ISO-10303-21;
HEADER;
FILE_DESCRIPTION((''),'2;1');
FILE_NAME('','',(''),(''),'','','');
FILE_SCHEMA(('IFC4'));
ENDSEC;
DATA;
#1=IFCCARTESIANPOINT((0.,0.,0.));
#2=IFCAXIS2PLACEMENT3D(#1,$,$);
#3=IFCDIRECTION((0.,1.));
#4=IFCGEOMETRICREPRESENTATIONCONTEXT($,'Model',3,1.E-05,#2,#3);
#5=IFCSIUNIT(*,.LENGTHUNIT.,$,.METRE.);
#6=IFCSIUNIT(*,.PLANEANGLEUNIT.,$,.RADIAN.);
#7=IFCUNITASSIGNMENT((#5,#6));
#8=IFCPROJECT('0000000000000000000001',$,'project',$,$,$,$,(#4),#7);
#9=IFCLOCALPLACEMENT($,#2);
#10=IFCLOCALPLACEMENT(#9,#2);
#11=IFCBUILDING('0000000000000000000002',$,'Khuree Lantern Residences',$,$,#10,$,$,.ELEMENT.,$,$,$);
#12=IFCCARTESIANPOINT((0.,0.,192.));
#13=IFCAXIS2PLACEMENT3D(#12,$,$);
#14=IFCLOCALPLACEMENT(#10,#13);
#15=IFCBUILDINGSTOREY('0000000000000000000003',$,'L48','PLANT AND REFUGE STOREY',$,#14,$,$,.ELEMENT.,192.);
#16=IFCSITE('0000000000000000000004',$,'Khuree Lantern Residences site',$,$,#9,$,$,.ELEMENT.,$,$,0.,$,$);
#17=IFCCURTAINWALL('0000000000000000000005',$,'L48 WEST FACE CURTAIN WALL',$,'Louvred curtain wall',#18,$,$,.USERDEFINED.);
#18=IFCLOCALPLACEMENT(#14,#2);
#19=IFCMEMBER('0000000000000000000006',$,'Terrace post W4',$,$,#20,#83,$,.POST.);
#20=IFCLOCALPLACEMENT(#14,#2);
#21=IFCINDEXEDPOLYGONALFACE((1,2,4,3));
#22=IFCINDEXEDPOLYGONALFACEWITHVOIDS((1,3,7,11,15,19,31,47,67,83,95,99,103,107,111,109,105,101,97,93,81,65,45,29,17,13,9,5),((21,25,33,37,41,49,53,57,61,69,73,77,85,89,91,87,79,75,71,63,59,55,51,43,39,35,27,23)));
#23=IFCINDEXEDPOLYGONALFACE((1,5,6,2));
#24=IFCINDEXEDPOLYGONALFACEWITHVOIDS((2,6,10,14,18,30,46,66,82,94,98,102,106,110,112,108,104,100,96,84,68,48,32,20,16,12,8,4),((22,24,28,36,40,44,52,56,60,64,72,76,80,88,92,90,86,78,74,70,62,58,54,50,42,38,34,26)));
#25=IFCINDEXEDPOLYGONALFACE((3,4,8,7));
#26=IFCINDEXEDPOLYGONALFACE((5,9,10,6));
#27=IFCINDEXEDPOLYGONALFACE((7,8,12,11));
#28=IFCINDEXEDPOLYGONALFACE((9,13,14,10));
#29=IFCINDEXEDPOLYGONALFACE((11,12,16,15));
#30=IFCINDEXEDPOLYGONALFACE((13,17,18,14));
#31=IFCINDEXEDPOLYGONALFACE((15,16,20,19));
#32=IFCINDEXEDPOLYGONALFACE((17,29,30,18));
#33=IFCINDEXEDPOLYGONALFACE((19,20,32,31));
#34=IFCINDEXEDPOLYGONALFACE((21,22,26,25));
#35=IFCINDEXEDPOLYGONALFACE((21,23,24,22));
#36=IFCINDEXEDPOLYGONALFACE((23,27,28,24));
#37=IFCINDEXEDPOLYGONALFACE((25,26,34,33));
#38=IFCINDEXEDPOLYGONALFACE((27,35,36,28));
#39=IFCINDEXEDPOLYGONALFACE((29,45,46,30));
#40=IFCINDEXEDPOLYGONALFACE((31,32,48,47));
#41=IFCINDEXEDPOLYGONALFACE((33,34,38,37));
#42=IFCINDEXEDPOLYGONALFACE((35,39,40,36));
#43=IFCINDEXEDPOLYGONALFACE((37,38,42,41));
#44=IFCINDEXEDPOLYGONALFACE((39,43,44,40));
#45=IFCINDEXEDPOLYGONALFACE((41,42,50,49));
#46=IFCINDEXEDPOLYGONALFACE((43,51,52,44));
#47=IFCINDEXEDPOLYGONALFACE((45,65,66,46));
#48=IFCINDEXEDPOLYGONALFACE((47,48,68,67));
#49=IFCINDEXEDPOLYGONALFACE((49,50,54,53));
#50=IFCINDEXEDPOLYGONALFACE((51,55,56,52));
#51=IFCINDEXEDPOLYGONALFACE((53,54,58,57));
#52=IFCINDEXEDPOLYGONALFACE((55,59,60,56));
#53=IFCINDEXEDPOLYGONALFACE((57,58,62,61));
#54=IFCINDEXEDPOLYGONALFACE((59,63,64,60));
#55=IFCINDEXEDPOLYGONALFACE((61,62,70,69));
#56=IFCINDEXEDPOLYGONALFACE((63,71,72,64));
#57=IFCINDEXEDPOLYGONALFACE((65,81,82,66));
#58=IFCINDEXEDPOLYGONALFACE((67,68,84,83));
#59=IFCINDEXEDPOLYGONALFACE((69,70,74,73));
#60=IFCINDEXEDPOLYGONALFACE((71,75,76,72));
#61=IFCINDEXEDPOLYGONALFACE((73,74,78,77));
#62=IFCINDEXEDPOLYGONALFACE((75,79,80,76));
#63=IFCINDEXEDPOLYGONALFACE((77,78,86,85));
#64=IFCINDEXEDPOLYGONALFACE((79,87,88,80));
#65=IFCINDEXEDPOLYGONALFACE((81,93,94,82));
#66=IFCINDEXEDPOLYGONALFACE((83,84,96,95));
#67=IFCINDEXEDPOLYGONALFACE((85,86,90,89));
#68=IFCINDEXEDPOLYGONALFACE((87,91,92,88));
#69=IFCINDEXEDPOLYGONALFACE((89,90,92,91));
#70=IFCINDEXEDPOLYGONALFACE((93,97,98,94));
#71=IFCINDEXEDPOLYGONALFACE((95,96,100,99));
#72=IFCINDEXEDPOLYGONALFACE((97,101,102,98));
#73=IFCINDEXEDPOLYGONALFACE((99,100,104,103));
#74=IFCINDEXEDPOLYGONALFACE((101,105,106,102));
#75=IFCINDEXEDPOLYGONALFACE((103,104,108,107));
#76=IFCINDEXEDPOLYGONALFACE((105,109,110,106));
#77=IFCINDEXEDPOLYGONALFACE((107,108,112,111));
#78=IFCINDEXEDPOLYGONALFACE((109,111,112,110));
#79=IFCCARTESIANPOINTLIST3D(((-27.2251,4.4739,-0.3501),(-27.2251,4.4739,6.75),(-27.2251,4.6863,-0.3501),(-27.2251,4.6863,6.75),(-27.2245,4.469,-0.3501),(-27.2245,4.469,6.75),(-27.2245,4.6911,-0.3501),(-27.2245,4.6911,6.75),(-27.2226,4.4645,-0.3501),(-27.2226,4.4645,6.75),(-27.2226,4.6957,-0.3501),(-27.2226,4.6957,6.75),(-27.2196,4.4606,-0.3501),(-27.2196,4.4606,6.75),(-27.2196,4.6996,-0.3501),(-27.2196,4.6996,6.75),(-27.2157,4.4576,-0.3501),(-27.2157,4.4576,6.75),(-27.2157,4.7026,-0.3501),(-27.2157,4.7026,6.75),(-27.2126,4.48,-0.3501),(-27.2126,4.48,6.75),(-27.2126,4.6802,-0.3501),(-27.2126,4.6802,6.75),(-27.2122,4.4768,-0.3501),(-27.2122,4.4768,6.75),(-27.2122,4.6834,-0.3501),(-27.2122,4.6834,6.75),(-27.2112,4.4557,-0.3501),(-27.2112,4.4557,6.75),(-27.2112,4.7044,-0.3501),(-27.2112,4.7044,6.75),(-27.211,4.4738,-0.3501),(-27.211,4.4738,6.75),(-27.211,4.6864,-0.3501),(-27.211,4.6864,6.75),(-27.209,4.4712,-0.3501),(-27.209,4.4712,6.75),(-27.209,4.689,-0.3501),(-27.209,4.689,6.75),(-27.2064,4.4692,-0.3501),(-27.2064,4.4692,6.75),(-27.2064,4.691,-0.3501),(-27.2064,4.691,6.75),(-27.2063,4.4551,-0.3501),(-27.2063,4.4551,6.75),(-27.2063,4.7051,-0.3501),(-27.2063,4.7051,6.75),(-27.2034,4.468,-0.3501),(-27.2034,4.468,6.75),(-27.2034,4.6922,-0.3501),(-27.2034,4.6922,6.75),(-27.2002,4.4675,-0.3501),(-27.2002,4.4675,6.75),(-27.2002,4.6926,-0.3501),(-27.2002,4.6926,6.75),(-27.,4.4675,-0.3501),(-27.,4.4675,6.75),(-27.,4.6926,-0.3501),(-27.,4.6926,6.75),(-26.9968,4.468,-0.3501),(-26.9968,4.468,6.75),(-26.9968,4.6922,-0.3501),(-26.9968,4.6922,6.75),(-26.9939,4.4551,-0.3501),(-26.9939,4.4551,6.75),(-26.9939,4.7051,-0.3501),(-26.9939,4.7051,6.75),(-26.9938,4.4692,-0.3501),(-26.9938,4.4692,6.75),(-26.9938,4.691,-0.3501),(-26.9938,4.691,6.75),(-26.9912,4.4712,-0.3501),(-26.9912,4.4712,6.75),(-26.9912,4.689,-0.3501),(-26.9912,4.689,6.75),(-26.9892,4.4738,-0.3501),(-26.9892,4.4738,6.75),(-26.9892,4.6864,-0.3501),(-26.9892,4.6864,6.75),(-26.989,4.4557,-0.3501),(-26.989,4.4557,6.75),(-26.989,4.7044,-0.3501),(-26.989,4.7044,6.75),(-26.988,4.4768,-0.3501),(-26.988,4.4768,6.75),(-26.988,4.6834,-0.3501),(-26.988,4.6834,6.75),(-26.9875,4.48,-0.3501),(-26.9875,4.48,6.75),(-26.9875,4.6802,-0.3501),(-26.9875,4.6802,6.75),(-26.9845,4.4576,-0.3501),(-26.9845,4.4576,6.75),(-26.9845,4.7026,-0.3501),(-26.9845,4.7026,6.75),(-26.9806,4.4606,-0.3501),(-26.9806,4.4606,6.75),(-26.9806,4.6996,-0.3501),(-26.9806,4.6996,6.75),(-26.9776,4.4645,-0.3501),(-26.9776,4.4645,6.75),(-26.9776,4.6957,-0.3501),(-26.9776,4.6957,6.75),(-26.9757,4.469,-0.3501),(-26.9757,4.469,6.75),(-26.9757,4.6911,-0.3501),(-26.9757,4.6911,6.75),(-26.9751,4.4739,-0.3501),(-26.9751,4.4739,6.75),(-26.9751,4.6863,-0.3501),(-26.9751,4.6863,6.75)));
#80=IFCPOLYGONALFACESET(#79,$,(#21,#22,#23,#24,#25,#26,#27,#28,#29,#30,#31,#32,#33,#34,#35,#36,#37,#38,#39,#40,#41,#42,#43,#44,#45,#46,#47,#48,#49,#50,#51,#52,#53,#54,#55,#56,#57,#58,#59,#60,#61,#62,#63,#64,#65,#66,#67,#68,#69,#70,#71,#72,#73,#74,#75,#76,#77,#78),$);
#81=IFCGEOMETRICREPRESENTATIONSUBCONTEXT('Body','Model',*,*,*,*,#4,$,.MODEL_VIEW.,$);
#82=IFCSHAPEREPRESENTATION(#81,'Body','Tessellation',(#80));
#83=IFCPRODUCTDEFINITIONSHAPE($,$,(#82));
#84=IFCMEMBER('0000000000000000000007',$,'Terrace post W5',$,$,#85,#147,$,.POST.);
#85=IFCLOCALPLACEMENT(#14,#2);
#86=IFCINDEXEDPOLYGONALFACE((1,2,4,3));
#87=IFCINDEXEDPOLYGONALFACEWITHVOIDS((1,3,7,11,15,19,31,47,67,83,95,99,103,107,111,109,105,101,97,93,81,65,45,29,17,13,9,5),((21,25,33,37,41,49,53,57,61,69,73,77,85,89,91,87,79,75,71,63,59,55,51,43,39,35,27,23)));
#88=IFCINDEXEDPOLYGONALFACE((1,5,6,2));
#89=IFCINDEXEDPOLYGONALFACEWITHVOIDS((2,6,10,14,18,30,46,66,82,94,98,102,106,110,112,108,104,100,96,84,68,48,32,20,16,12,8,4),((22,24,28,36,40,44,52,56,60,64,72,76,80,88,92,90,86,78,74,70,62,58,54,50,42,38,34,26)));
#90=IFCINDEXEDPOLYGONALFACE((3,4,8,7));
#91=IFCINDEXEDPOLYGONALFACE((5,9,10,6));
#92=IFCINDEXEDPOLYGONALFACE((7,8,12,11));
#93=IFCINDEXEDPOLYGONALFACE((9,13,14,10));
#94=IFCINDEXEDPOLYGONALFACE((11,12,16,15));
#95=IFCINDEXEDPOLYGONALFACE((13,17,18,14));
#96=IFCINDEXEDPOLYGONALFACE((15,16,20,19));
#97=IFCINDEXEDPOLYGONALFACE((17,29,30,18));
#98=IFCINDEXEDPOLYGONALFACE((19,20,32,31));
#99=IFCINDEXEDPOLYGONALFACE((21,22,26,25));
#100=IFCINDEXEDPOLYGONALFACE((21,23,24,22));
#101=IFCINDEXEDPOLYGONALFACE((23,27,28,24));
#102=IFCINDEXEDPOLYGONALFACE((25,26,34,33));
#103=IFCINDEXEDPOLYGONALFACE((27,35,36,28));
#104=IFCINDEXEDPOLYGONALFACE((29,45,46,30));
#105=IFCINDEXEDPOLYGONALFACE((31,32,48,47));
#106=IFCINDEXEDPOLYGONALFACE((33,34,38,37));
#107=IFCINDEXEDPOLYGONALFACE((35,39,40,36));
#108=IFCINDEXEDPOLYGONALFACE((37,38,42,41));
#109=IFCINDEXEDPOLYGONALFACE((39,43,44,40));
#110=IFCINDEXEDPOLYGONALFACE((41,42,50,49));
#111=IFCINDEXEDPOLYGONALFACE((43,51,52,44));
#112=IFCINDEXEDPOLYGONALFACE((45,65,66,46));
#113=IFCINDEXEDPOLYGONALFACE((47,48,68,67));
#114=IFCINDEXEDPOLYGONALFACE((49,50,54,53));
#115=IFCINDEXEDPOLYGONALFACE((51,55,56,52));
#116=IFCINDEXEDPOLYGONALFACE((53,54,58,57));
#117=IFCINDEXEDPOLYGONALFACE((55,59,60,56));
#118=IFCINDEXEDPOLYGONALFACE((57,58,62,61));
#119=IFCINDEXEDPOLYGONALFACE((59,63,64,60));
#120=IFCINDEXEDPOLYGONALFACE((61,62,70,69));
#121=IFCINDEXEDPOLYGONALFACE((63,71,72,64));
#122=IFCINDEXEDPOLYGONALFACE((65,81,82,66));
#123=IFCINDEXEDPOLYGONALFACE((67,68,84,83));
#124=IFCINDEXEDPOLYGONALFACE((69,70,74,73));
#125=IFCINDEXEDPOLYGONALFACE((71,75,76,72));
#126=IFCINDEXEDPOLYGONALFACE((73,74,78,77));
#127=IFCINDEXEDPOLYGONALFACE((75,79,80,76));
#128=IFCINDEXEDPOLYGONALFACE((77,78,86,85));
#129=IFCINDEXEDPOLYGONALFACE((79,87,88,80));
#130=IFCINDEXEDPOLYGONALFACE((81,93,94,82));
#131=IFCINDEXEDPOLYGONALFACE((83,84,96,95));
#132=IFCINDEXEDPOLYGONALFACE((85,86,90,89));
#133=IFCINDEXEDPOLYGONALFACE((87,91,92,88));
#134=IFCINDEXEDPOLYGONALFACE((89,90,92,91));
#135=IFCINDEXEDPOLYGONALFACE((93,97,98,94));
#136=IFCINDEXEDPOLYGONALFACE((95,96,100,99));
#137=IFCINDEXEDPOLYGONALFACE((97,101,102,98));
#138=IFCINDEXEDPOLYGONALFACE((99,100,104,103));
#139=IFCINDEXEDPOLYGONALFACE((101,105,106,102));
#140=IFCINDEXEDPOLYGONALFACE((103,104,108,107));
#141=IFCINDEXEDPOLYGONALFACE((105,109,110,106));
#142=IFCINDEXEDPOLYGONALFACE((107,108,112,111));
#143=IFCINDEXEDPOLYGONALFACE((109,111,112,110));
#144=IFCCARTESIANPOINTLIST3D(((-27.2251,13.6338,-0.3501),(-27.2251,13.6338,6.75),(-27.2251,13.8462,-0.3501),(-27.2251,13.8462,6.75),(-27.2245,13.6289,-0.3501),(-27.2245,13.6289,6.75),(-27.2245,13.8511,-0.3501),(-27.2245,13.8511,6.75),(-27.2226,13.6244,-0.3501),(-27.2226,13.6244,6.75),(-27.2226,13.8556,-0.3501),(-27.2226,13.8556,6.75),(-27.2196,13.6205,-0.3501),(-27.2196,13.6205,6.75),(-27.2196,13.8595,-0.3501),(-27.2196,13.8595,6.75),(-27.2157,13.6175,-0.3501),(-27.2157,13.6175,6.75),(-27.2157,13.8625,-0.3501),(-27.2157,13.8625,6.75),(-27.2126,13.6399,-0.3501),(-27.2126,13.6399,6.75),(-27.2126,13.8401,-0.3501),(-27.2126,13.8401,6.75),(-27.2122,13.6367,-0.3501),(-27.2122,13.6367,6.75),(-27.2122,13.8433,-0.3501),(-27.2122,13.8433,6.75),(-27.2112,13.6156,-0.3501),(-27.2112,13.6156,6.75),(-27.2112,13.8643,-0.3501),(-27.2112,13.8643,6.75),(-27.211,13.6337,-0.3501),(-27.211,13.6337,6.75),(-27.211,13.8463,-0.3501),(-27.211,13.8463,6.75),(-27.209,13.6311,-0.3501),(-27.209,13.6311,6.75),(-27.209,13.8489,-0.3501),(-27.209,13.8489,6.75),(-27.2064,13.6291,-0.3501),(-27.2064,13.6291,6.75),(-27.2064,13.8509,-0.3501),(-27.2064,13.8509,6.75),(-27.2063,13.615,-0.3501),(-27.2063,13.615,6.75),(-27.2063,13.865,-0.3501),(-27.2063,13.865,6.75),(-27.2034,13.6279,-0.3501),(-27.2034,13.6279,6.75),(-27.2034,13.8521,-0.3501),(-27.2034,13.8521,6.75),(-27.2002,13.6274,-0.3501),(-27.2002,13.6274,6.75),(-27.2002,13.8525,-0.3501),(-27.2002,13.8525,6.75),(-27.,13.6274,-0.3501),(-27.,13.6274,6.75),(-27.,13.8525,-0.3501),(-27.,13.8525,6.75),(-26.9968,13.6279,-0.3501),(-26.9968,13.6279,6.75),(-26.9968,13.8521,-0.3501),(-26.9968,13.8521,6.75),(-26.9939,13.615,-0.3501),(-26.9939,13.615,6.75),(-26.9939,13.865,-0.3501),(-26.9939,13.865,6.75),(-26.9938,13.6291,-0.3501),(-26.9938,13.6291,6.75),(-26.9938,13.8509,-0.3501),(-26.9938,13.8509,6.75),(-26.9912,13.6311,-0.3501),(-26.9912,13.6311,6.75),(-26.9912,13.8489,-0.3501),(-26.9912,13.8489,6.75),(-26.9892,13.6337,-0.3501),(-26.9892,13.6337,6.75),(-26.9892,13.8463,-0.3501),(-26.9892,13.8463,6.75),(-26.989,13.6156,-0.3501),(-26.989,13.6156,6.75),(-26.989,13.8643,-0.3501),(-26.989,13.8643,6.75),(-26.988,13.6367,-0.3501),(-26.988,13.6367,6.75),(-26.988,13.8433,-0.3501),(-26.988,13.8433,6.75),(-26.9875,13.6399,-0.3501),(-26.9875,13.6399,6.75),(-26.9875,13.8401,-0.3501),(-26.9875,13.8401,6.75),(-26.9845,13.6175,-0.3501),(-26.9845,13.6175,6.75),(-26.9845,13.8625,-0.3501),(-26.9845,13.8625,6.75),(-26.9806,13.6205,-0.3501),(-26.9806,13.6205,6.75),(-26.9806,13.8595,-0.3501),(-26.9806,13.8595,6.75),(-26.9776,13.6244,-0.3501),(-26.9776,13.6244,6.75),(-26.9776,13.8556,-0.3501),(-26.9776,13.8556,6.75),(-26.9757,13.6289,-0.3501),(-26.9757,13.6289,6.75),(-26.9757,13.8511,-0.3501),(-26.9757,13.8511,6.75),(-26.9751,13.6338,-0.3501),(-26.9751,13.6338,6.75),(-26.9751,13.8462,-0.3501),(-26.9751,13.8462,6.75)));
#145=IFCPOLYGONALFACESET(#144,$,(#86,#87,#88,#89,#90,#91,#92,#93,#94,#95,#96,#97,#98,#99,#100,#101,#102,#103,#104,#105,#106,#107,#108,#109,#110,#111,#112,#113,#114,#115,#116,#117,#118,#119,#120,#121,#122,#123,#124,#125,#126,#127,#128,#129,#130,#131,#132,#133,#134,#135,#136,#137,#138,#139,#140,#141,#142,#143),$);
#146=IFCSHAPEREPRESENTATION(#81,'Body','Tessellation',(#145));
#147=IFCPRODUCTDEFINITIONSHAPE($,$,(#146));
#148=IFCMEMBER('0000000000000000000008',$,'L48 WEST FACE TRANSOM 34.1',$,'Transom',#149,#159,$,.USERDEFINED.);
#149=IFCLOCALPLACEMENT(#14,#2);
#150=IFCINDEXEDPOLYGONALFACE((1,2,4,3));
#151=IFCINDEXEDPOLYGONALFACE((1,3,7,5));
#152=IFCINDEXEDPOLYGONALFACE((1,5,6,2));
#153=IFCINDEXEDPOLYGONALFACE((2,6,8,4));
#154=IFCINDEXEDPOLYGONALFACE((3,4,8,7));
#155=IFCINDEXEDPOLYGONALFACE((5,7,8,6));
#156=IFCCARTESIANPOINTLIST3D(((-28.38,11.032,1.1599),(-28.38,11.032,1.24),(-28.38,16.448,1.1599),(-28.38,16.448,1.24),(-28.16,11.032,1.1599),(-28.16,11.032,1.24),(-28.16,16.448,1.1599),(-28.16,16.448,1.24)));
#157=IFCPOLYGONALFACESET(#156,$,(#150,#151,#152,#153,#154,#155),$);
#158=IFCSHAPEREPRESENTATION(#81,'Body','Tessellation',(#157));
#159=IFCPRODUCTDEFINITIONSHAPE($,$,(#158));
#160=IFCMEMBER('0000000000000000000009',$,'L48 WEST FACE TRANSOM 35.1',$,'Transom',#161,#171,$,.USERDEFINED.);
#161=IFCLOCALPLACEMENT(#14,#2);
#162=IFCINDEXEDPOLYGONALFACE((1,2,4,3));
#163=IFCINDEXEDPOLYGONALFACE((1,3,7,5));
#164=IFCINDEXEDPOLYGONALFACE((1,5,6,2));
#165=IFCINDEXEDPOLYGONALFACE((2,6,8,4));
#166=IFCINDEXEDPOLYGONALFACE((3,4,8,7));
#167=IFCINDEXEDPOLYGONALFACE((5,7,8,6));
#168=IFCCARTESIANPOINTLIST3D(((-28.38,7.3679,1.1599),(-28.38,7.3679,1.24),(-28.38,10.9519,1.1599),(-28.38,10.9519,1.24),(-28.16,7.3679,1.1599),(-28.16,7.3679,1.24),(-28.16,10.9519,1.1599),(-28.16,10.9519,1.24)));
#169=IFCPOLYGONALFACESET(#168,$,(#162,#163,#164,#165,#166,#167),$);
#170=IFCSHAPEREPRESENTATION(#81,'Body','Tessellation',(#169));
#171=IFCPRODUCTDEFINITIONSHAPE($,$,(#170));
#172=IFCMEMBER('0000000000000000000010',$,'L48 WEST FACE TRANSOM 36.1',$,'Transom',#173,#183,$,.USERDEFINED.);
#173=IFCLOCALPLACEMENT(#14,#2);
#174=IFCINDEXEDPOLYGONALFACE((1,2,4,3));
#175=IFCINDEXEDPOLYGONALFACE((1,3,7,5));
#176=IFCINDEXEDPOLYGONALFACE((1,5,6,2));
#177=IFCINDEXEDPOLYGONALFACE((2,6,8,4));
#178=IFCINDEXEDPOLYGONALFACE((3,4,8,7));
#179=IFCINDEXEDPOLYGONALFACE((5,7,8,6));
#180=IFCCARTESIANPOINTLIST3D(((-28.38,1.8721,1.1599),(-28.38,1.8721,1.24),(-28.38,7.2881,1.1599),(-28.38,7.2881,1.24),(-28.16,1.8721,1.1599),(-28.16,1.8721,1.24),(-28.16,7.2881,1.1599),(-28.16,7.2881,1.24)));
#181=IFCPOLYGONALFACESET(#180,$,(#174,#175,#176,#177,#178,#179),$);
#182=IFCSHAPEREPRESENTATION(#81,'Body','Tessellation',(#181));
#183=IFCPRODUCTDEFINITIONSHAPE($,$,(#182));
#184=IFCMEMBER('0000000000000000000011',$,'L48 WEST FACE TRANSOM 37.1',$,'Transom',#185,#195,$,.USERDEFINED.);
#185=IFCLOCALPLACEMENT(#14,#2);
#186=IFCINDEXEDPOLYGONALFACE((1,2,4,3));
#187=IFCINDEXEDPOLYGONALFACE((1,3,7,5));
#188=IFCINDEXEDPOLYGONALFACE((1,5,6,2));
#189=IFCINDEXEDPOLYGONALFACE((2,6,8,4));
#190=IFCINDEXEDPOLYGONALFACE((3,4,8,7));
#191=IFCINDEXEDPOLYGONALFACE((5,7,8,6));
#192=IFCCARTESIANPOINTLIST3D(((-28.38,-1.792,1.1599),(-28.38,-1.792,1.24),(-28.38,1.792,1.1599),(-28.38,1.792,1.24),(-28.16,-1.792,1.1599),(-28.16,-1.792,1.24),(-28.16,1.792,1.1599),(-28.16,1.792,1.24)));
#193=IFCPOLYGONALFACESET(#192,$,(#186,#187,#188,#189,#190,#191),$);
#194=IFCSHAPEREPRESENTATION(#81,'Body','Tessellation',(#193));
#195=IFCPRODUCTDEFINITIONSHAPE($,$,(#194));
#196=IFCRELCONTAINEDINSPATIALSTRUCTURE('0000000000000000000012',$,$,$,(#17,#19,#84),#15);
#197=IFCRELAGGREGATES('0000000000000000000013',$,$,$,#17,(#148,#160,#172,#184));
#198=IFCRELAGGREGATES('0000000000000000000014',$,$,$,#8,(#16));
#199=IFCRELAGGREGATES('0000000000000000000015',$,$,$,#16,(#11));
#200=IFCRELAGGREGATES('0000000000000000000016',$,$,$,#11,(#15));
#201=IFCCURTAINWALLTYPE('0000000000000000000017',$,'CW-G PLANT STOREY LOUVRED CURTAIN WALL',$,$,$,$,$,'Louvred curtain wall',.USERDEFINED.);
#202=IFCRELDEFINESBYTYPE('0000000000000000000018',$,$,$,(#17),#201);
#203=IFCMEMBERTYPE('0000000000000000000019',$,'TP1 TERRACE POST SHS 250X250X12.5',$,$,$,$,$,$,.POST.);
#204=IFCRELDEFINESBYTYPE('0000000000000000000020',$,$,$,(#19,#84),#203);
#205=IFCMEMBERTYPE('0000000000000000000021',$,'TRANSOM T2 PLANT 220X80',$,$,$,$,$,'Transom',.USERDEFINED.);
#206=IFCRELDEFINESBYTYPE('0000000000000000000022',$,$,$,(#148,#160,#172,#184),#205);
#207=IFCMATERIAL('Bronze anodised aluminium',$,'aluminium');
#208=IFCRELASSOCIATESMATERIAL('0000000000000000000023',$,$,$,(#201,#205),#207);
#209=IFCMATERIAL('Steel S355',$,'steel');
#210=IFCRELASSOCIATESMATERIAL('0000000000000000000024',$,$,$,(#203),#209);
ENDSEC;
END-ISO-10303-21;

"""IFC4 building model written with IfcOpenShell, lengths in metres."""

from ifc_helpers import new_model, si_unit, direction, frame, origin, origin_2d, place, context, subcontext, project, spatial, rectangle, hollow_rectangle, extrude, material, material_profile, profile_set, type_object, element, aggregate, save


model = new_model("IFC4")

# Units and contexts
model_context = context("Model", 3, precision=1e-05, world=origin(), true_north=direction((0.0, 1.0)))
body_context = subcontext(model_context, "Body", "Model", "MODEL_VIEW")
ifc_project = project(units=[si_unit("LENGTHUNIT", "METRE"), si_unit("PLANEANGLEUNIT", "RADIAN")], contexts=[model_context])

# Site, building, storey
site_placement = place(None, origin())
site = spatial("IfcSite", under=ifc_project, at=site_placement, Name="Khuree Lantern Residences site", CompositionType="ELEMENT", RefElevation=0.0)
building_placement = place(site_placement, origin())
building = spatial("IfcBuilding", under=site, at=building_placement, Name="Khuree Lantern Residences", CompositionType="ELEMENT")
storey_placement = place(building_placement, frame((0.0, 0.0, 192.0)))
storey = spatial("IfcBuildingStorey", under=building, at=storey_placement, Name="L48", Description="PLANT AND REFUGE STOREY", CompositionType="ELEMENT", Elevation=192.0)

# Shared definitions
ifc_material_1 = material(Name="Steel S355", Category="steel")

# Curtain wall
ifc_material_2 = material(Name="Bronze anodised aluminium", Category="aluminium")
curtain_wall_type = type_object("IfcCurtainWallType", Name="CW-G PLANT STOREY LOUVRED CURTAIN WALL", ElementType="Louvred curtain wall", PredefinedType="USERDEFINED", material=ifc_material_2)
curtain_wall_placement = place(storey_placement, origin())
curtain_wall = element("IfcCurtainWall", 1, at=curtain_wall_placement, inside=storey, type_object=curtain_wall_type, Name="L48 WEST FACE CURTAIN WALL", ObjectType="Louvred curtain wall", PredefinedType="USERDEFINED")

# Members
ifc_material_profile_1 = material_profile(ifc_material_1, hollow_rectangle(XDim=0.25, YDim=0.25, WallThickness=0.0125, InnerFilletRadius=0.0125, OuterFilletRadius=0.0188, at=origin_2d()), Name="SHS 250X250X12.5")
ifc_profile_set_1 = profile_set([ifc_material_profile_1], Name="Steel S355")
member_type_1 = type_object("IfcMemberType", Name="TP1 TERRACE POST SHS 250X250X12.5", PredefinedType="POST", material=ifc_profile_set_1)
for number, where, z_axis, x_axis, name in (
    (2, (-27.1001, 4.5801, -0.3501), (0.0, 0.0, 1.0), (1.0, 0.0, 0.0), "Terrace post W4"),
    (3, (-27.1001, 13.74, -0.3501), (0.0, 0.0, 1.0), (1.0, 0.0, 0.0), "Terrace post W5"),
):
    element("IfcMember", number, at=place(storey_placement, frame(where, z_axis=z_axis, x_axis=x_axis)), inside=storey, type_object=member_type_1, Name=name, PredefinedType="POST", context=body_context, shape_type="SweptSolid", body=[
        extrude(hollow_rectangle(XDim=0.25, YDim=0.25, WallThickness=0.0125, InnerFilletRadius=0.0125, OuterFilletRadius=0.0188, at=origin_2d()), origin(), (0.0, 0.0, 1.0), 7.1001),
    ])

# Members
ifc_material_profile_2 = material_profile(ifc_material_2, rectangle(XDim=0.22, YDim=0.0801, at=origin_2d()), Name="T2 220X80")
ifc_profile_set_2 = profile_set([ifc_material_profile_2], Name="Bronze anodised aluminium")
member_type_2 = type_object("IfcMemberType", Name="TRANSOM T2 PLANT 220X80", ElementType="Transom", PredefinedType="USERDEFINED", material=ifc_profile_set_2)
member_1_placement = place(storey_placement, frame((-28.27, 16.448, 1.2), z_axis=(0.0, -1.0, 0.0), x_axis=(1.0, 0.0, 0.0)))
member_1 = element("IfcMember", 4, at=member_1_placement, type_object=member_type_2, Name="L48 WEST FACE TRANSOM 34.1", ObjectType="Transom", PredefinedType="USERDEFINED", context=body_context, shape_type="SweptSolid", body=[
    extrude(rectangle(XDim=0.22, YDim=0.0801, at=origin_2d()), origin(), (0.0, 0.0, 1.0), 5.416),
])
member_2_placement = place(storey_placement, frame((-28.27, 10.9519, 1.2), z_axis=(0.0, -1.0, 0.0), x_axis=(1.0, 0.0, 0.0)))
member_2 = element("IfcMember", 5, at=member_2_placement, type_object=member_type_2, Name="L48 WEST FACE TRANSOM 35.1", ObjectType="Transom", PredefinedType="USERDEFINED", context=body_context, shape_type="SweptSolid", body=[
    extrude(rectangle(XDim=0.22, YDim=0.0801, at=origin_2d()), origin(), (0.0, 0.0, 1.0), 3.584),
])
member_3_placement = place(storey_placement, frame((-28.27, 7.2881, 1.2), z_axis=(0.0, -1.0, 0.0), x_axis=(1.0, 0.0, 0.0)))
member_3 = element("IfcMember", 6, at=member_3_placement, type_object=member_type_2, Name="L48 WEST FACE TRANSOM 36.1", ObjectType="Transom", PredefinedType="USERDEFINED", context=body_context, shape_type="SweptSolid", body=[
    extrude(rectangle(XDim=0.22, YDim=0.0801, at=origin_2d()), origin(), (0.0, 0.0, 1.0), 5.416),
])
member_4_placement = place(storey_placement, frame((-28.27, 1.792, 1.2), z_axis=(0.0, -1.0, 0.0), x_axis=(1.0, 0.0, 0.0)))
member_4 = element("IfcMember", 7, at=member_4_placement, type_object=member_type_2, Name="L48 WEST FACE TRANSOM 37.1", ObjectType="Transom", PredefinedType="USERDEFINED", context=body_context, shape_type="SweptSolid", body=[
    extrude(rectangle(XDim=0.22, YDim=0.0801, at=origin_2d()), origin(), (0.0, 0.0, 1.0), 3.584),
])

aggregate(curtain_wall, [member_1, member_2, member_3, member_4])

save(model, "model.ifc")
